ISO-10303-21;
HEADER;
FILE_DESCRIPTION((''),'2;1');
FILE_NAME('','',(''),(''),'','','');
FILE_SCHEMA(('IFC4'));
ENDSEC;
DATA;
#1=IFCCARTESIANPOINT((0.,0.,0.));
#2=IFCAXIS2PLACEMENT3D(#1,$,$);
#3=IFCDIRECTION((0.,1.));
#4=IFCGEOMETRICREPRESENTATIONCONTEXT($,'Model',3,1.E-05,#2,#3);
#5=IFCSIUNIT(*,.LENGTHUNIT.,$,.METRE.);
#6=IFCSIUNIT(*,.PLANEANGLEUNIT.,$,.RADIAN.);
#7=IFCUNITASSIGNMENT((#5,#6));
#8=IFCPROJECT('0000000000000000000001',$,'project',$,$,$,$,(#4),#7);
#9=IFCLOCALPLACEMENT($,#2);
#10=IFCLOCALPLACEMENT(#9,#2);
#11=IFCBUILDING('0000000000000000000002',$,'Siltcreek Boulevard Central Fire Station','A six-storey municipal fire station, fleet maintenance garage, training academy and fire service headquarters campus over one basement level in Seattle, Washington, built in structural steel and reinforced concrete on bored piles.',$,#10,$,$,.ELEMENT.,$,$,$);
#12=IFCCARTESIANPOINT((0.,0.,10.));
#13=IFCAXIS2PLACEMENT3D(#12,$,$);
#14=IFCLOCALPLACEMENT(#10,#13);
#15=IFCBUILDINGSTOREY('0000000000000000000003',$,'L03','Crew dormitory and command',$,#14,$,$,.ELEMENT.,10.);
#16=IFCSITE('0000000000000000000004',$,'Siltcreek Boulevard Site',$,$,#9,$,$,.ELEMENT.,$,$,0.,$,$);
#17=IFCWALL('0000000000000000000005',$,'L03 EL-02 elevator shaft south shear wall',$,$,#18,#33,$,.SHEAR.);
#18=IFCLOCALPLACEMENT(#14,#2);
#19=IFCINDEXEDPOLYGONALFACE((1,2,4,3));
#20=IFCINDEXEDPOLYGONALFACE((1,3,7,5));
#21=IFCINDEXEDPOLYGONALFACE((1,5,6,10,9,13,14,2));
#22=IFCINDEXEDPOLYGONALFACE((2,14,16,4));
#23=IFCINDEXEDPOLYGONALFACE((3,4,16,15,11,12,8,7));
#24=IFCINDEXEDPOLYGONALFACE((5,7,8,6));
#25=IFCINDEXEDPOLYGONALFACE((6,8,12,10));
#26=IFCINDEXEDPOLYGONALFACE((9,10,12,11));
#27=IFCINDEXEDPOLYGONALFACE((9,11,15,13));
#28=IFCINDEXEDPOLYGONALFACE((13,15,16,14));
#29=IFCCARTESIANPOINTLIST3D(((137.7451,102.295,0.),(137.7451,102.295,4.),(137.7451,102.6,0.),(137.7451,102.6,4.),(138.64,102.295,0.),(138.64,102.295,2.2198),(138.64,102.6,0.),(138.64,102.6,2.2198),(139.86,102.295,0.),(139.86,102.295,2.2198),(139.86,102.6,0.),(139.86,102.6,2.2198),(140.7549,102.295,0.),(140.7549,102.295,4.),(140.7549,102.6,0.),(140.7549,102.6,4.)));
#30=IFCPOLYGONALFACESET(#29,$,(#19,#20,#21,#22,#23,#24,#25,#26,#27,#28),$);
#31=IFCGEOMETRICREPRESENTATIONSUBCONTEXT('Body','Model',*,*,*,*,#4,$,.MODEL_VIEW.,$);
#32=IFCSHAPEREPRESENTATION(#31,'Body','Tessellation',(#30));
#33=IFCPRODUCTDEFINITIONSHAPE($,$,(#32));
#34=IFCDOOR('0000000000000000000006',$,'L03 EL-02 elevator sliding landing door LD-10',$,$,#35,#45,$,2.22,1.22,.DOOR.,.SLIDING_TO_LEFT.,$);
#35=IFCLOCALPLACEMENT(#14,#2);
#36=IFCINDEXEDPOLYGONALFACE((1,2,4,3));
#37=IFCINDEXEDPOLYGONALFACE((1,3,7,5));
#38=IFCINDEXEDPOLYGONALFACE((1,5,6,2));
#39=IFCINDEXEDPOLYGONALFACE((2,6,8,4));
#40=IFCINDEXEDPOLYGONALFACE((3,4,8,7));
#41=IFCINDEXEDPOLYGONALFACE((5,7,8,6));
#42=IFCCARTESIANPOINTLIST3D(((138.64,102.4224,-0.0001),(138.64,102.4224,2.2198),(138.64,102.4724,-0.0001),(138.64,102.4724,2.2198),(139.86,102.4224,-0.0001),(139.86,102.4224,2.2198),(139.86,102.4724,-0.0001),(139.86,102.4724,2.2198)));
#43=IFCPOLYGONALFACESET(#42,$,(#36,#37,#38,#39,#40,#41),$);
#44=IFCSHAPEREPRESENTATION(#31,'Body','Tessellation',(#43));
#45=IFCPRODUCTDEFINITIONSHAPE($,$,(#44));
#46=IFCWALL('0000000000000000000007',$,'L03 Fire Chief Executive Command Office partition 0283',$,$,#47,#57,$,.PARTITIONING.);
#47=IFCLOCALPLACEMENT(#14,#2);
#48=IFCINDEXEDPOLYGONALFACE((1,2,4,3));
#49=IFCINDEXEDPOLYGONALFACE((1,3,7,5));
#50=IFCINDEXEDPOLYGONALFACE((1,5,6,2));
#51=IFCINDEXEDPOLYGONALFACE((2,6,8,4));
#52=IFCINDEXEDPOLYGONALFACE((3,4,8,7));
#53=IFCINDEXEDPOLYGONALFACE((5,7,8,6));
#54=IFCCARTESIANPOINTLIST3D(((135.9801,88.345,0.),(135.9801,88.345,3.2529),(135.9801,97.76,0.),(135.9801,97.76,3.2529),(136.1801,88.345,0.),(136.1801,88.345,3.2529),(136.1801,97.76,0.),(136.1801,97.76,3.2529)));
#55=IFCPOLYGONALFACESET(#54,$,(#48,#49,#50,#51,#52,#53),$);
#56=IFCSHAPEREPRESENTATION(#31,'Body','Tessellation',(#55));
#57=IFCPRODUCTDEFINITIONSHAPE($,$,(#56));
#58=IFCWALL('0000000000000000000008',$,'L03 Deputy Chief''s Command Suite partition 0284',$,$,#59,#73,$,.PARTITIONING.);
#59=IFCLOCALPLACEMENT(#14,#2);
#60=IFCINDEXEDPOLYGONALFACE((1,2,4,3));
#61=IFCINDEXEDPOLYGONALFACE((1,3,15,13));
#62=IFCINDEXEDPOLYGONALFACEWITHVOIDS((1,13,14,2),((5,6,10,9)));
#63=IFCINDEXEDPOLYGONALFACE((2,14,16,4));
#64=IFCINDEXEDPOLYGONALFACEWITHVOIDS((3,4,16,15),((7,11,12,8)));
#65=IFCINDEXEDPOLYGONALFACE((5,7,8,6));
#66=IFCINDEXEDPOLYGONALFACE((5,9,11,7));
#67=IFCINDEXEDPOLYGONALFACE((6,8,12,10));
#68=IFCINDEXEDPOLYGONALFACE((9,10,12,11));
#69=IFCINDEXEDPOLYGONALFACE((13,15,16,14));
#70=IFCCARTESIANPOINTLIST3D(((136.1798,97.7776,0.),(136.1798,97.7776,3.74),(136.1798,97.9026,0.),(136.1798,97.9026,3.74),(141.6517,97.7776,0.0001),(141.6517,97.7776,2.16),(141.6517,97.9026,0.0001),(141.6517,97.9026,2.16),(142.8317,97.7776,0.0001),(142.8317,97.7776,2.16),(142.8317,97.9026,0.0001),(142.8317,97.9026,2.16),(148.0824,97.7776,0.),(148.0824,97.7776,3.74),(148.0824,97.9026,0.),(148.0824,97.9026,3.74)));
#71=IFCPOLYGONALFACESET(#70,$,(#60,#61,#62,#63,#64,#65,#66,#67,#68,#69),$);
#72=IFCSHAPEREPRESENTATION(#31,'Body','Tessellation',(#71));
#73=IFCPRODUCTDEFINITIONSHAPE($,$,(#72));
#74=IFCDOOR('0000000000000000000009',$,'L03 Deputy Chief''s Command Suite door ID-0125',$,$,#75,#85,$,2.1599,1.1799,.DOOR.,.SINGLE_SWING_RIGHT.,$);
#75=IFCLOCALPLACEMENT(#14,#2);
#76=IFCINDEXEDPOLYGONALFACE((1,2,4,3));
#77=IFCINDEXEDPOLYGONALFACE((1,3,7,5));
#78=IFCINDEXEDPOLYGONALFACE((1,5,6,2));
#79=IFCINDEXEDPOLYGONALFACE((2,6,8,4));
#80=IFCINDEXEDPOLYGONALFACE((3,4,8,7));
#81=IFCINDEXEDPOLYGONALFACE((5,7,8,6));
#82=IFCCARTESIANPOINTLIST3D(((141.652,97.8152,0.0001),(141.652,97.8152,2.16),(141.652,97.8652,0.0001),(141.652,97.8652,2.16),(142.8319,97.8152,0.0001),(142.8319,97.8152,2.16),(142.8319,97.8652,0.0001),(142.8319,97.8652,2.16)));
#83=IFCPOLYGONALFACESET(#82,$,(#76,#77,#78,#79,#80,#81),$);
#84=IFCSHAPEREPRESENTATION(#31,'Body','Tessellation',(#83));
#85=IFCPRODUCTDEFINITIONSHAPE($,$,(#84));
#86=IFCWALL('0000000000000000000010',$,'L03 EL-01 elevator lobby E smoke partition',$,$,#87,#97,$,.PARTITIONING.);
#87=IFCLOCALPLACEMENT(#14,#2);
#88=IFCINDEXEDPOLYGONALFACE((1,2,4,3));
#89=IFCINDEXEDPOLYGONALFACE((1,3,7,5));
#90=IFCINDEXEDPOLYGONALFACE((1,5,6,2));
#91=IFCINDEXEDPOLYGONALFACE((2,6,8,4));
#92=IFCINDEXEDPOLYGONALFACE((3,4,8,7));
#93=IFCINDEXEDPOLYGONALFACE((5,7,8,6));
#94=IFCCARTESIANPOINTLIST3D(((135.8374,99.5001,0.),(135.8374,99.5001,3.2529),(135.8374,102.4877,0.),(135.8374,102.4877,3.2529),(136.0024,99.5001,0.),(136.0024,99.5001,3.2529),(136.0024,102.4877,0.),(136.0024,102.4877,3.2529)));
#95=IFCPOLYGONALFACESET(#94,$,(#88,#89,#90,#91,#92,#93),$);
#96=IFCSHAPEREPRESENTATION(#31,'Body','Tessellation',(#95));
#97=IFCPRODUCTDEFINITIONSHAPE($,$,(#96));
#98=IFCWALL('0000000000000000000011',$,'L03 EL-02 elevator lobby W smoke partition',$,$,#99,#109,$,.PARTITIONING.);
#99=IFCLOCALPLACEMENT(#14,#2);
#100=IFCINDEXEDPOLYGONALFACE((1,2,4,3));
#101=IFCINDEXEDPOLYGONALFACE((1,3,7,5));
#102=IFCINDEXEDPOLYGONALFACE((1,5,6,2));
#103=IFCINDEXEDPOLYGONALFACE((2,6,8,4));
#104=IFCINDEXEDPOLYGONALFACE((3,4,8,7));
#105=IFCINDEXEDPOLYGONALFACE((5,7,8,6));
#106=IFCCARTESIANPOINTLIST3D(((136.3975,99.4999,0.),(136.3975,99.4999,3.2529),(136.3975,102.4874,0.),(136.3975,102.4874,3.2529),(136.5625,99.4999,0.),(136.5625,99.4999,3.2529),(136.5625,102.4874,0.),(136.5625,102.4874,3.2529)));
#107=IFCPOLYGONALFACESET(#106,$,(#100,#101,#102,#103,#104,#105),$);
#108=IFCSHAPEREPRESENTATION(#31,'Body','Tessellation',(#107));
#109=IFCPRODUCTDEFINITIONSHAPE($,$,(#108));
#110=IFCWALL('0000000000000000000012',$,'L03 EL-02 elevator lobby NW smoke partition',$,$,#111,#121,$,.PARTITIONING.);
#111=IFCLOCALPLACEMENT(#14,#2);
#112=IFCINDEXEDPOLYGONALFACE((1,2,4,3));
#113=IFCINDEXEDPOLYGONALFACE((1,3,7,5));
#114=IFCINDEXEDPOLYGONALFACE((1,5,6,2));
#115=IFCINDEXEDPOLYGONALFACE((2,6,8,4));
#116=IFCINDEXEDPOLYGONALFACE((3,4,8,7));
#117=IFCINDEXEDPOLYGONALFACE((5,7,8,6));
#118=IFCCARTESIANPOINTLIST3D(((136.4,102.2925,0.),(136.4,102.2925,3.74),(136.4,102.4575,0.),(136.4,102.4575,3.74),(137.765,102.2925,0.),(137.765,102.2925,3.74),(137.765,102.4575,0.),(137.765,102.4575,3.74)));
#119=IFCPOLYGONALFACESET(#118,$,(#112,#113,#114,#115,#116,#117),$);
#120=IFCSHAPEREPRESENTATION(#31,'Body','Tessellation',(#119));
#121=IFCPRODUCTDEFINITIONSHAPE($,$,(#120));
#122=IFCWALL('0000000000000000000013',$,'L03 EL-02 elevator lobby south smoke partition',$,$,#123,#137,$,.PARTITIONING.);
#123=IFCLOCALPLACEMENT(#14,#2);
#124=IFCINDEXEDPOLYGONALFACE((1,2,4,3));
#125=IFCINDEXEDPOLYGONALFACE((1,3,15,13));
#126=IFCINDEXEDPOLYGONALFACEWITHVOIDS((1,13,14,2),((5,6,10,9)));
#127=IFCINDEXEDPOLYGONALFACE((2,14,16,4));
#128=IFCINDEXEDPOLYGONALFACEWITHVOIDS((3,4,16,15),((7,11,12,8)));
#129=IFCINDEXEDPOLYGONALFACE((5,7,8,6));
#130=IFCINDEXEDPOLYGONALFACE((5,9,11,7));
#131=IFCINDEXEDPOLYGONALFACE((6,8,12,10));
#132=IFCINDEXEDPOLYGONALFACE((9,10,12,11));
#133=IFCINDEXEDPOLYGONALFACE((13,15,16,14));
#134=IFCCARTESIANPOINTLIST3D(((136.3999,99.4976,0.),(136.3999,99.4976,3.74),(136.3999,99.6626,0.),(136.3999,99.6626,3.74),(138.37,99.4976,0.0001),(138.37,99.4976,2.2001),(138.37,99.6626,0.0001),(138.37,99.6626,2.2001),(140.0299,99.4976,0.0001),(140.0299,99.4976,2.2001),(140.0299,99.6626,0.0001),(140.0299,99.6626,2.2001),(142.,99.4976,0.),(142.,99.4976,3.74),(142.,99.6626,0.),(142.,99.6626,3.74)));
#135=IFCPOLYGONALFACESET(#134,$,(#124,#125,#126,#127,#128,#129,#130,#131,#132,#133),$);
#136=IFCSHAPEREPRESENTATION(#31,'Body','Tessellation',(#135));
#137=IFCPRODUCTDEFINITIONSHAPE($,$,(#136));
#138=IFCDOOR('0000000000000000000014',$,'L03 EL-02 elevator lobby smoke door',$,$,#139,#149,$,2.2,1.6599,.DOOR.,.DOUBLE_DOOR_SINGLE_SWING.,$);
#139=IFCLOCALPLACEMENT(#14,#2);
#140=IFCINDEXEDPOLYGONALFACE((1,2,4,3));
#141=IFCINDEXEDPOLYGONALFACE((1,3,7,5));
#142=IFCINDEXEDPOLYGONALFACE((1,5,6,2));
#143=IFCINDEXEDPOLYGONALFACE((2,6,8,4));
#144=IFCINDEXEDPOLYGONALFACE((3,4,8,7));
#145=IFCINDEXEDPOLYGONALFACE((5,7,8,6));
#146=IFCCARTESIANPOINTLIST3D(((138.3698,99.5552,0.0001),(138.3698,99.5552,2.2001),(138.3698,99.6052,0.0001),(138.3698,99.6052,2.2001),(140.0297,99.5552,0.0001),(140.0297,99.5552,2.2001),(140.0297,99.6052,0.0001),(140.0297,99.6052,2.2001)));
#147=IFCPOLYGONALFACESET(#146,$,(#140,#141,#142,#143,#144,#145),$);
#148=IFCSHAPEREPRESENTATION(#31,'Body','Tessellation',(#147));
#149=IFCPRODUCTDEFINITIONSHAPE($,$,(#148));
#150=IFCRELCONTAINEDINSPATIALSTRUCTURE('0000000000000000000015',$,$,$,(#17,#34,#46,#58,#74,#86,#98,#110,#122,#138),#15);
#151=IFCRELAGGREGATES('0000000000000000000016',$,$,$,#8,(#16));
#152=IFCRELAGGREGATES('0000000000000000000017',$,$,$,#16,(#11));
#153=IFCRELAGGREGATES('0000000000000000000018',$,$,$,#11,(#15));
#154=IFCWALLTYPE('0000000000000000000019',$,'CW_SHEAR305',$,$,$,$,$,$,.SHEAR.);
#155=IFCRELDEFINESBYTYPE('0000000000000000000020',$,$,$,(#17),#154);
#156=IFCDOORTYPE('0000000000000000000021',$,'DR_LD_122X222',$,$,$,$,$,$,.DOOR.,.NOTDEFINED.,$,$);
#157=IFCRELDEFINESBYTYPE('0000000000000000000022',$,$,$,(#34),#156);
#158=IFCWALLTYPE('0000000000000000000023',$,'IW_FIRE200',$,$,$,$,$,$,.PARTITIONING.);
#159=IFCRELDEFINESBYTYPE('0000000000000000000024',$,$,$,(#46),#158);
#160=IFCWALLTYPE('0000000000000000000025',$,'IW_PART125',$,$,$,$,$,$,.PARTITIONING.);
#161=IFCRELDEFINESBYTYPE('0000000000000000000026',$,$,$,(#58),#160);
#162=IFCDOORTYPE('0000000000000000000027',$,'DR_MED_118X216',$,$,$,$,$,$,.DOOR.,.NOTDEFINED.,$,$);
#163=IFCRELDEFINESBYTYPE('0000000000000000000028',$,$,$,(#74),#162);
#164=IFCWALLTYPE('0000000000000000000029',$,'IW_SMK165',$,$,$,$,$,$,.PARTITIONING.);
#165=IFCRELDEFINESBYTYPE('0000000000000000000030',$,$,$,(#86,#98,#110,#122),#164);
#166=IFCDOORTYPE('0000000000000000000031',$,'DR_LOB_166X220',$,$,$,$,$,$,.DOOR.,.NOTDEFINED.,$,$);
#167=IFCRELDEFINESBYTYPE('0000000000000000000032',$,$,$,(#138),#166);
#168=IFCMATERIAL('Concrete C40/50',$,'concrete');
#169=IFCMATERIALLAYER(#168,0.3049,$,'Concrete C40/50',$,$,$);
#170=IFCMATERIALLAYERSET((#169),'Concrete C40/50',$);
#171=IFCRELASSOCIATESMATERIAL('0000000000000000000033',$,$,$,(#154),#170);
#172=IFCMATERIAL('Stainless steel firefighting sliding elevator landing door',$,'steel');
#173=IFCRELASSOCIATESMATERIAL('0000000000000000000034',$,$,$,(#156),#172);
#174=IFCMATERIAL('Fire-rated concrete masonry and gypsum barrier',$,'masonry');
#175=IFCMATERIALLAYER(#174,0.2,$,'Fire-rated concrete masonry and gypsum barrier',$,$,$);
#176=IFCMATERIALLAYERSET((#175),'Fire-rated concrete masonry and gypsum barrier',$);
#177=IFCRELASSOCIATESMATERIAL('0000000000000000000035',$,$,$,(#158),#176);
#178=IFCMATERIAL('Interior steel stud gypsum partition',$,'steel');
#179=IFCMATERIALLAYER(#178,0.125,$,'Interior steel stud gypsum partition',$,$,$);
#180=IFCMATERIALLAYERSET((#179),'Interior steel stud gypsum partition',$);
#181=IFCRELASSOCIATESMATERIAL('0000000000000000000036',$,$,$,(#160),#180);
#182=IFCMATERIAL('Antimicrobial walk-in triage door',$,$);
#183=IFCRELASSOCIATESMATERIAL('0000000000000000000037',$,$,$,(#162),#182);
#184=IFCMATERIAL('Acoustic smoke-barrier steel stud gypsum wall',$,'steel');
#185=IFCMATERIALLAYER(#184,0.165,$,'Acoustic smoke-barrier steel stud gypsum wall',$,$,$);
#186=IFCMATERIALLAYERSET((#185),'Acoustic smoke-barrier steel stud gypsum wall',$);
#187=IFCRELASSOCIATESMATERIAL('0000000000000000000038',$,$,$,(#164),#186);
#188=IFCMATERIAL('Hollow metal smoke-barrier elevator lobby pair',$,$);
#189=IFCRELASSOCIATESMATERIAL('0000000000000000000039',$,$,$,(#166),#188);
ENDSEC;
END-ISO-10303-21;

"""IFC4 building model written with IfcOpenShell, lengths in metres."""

from ifc_helpers import new_model, si_unit, direction, frame, frame_2d, origin, place, context, subcontext, project, spatial, rectangle, extrude, material, layer, layer_set, type_object, element, fill, save


model = new_model("IFC4")

# Units and contexts
model_context = context("Model", 3, precision=1e-05, world=origin(), true_north=direction((0.0, 1.0)))
body_context = subcontext(model_context, "Body", "Model", "MODEL_VIEW")
ifc_project = project(units=[si_unit("LENGTHUNIT", "METRE"), si_unit("PLANEANGLEUNIT", "RADIAN")], contexts=[model_context])

# Site, building, storey
site_placement = place(None, origin())
site = spatial("IfcSite", under=ifc_project, at=site_placement, Name="Siltcreek Boulevard Site", CompositionType="ELEMENT", RefElevation=0.0)
building_placement = place(site_placement, origin())
building = spatial("IfcBuilding", under=site, at=building_placement, Name="Siltcreek Boulevard Central Fire Station", Description="A six-storey municipal fire station, fleet maintenance garage, training academy and fire service headquarters campus over one basement level in Seattle, Washington, built in structural steel and reinforced concrete on bored piles.", CompositionType="ELEMENT")
storey_placement = place(building_placement, frame((0.0, 0.0, 10.0)))
storey = spatial("IfcBuildingStorey", under=building, at=storey_placement, Name="L03", Description="Crew dormitory and command", CompositionType="ELEMENT", Elevation=10.0)

# Shared definitions
ifc_material_1 = material(Name="Concrete C40/50", Category="concrete")

# Shared definitions
ifc_layer_1 = layer(ifc_material_1, 0.3049, Name="Concrete C40/50")
ifc_layer_set_1 = layer_set([ifc_layer_1], Name="Concrete C40/50")
wall_type_1 = type_object("IfcWallType", Name="CW_SHEAR305", PredefinedType="SHEAR", material=ifc_layer_set_1)
ifc_material_2 = material(Name="Stainless steel firefighting sliding elevator landing door", Category="steel")
door_type_1 = type_object("IfcDoorType", Name="DR_LD_122X222", OperationType="NOTDEFINED", PredefinedType="DOOR", material=ifc_material_2)

# Wall, opening, door
wall_1_placement = place(storey_placement, frame((137.7451, 102.4475, 0.0), z_axis=(0.0, 0.0, 1.0), x_axis=(1.0, 0.0, 0.0)))
wall_1 = element("IfcWall", 1, at=wall_1_placement, inside=storey, type_object=wall_type_1, Name="L03 EL-02 elevator shaft south shear wall", PredefinedType="SHEAR", context=body_context, shape_type="SweptSolid", body=[
    extrude(rectangle(XDim=3.0098, YDim=0.3049, at=frame_2d((1.5049, 0.0))), origin(), (0.0, 0.0, 1.0), 4.0),
])
opening_1_placement = place(wall_1_placement, frame((0.895, 0.0, 0.0)))
opening_1 = element("IfcOpeningElement", 2, at=opening_1_placement, cuts=wall_1, PredefinedType="OPENING", context=body_context, shape_type="SweptSolid", body=[
    extrude(rectangle(XDim=1.22, YDim=2.22, at=frame_2d((0.6099, 1.1099))), frame((0.0, 0.1624, 0.0), z_axis=(0.0, -1.0, 0.0), x_axis=(1.0, 0.0, 0.0)), (0.0, 0.0, 1.0), 0.325),
])
door_1_placement = place(opening_1_placement, origin())
door_1 = element("IfcDoor", 3, at=door_1_placement, inside=storey, type_object=door_type_1, Name="L03 EL-02 elevator sliding landing door LD-10", OperationType="SLIDING_TO_LEFT", OverallHeight=2.22, OverallWidth=1.22, PredefinedType="DOOR", context=body_context, shape_type="SweptSolid", body=[
    extrude(rectangle(XDim=1.22, YDim=2.22, at=frame_2d((0.6099, 1.1099))), frame((0.0, 0.0249, 0.0), z_axis=(0.0, -1.0, 0.0), x_axis=(1.0, 0.0, 0.0)), (0.0, 0.0, 1.0), 0.05),
])
fill(opening_1, door_1)

# Wall
ifc_material_3 = material(Name="Fire-rated concrete masonry and gypsum barrier", Category="masonry")
ifc_layer_2 = layer(ifc_material_3, 0.2, Name="Fire-rated concrete masonry and gypsum barrier")
ifc_layer_set_2 = layer_set([ifc_layer_2], Name="Fire-rated concrete masonry and gypsum barrier")
wall_type_2 = type_object("IfcWallType", Name="IW_FIRE200", PredefinedType="PARTITIONING", material=ifc_layer_set_2)
wall_2_placement = place(storey_placement, frame((136.0801, 97.76, 0.0), z_axis=(0.0, 0.0, 1.0), x_axis=(0.0, -1.0, 0.0)))
element("IfcWall", 4, at=wall_2_placement, inside=storey, type_object=wall_type_2, Name="L03 Fire Chief Executive Command Office partition 0283", PredefinedType="PARTITIONING", context=body_context, shape_type="SweptSolid", body=[
    extrude(rectangle(XDim=9.415, YDim=0.2, at=frame_2d((4.7075, 0.0))), origin(), (0.0, 0.0, 1.0), 3.2529),
])

# Wall, opening, door
ifc_material_4 = material(Name="Interior steel stud gypsum partition", Category="steel")
ifc_layer_3 = layer(ifc_material_4, 0.125, Name="Interior steel stud gypsum partition")
ifc_layer_set_3 = layer_set([ifc_layer_3], Name="Interior steel stud gypsum partition")
wall_type_3 = type_object("IfcWallType", Name="IW_PART125", PredefinedType="PARTITIONING", material=ifc_layer_set_3)
wall_3_placement = place(storey_placement, frame((136.1799, 97.8401, 0.0), z_axis=(0.0, 0.0, 1.0), x_axis=(1.0, 0.0, 0.0)))
wall_3 = element("IfcWall", 5, at=wall_3_placement, inside=storey, type_object=wall_type_3, Name="L03 Deputy Chief's Command Suite partition 0284", PredefinedType="PARTITIONING", context=body_context, shape_type="SweptSolid", body=[
    extrude(rectangle(XDim=11.9026, YDim=0.125, at=frame_2d((5.9512, 0.0))), origin(), (0.0, 0.0, 1.0), 3.74),
])
opening_2_placement = place(wall_3_placement, frame((5.4719, 0.0, 0.0)))
opening_2 = element("IfcOpeningElement", 6, at=opening_2_placement, cuts=wall_3, PredefinedType="OPENING", context=body_context, shape_type="SweptSolid", body=[
    extrude(rectangle(XDim=1.1799, YDim=2.1599, at=frame_2d((0.5898, 1.0801))), frame((0.0, 0.0725, 0.0), z_axis=(0.0, -1.0, 0.0), x_axis=(1.0, 0.0, 0.0)), (0.0, 0.0, 1.0), 0.145),
])
ifc_material_5 = material(Name="Antimicrobial walk-in triage door")
door_type_2 = type_object("IfcDoorType", Name="DR_MED_118X216", OperationType="NOTDEFINED", PredefinedType="DOOR", material=ifc_material_5)
door_2_placement = place(opening_2_placement, frame((1.1799, 0.0, 0.0), z_axis=(0.0, 0.0, 1.0), x_axis=(-1.0, 0.0, 0.0)))
door_2 = element("IfcDoor", 7, at=door_2_placement, inside=storey, type_object=door_type_2, Name="L03 Deputy Chief's Command Suite door ID-0125", OperationType="SINGLE_SWING_RIGHT", OverallHeight=2.1599, OverallWidth=1.1799, PredefinedType="DOOR", context=body_context, shape_type="SweptSolid", body=[
    extrude(rectangle(XDim=1.1799, YDim=2.1599, at=frame_2d((0.5898, 1.0801))), frame((0.0, 0.0249, 0.0), z_axis=(0.0, -1.0, 0.0), x_axis=(1.0, 0.0, 0.0)), (0.0, 0.0, 1.0), 0.05),
])
fill(opening_2, door_2)

# Walls
ifc_material_6 = material(Name="Acoustic smoke-barrier steel stud gypsum wall", Category="steel")
ifc_layer_4 = layer(ifc_material_6, 0.165, Name="Acoustic smoke-barrier steel stud gypsum wall")
ifc_layer_set_4 = layer_set([ifc_layer_4], Name="Acoustic smoke-barrier steel stud gypsum wall")
wall_type_4 = type_object("IfcWallType", Name="IW_SMK165", PredefinedType="PARTITIONING", material=ifc_layer_set_4)
for number, where, z_axis, x_axis, name in (
    (8, (135.9199, 102.4875, 0.0), (0.0, 0.0, 1.0), (0.0, -1.0, 0.0), "L03 EL-01 elevator lobby E smoke partition"),
    (9, (136.48, 99.5, 0.0), (0.0, 0.0, 1.0), (0.0, 1.0, 0.0), "L03 EL-02 elevator lobby W smoke partition"),
):
    element("IfcWall", number, at=place(storey_placement, frame(where, z_axis=z_axis, x_axis=x_axis)), inside=storey, type_object=wall_type_4, Name=name, PredefinedType="PARTITIONING", context=body_context, shape_type="SweptSolid", body=[
        extrude(rectangle(XDim=2.9875, YDim=0.165, at=frame_2d((1.4937, 0.0))), origin(), (0.0, 0.0, 1.0), 3.2529),
    ])
wall_4_placement = place(storey_placement, frame((136.3999, 102.375, 0.0), z_axis=(0.0, 0.0, 1.0), x_axis=(1.0, 0.0, 0.0)))
element("IfcWall", 10, at=wall_4_placement, inside=storey, type_object=wall_type_4, Name="L03 EL-02 elevator lobby NW smoke partition", PredefinedType="PARTITIONING", context=body_context, shape_type="SweptSolid", body=[
    extrude(rectangle(XDim=1.365, YDim=0.165, at=frame_2d((0.6826, 0.0))), origin(), (0.0, 0.0, 1.0), 3.74),
])

# Wall, opening, door
wall_5_placement = place(storey_placement, frame((136.3999, 99.5801, 0.0), z_axis=(0.0, 0.0, 1.0), x_axis=(1.0, 0.0, 0.0)))
wall_5 = element("IfcWall", 11, at=wall_5_placement, inside=storey, type_object=wall_type_4, Name="L03 EL-02 elevator lobby south smoke partition", PredefinedType="PARTITIONING", context=body_context, shape_type="SweptSolid", body=[
    extrude(rectangle(XDim=5.6001, YDim=0.165, at=frame_2d((2.8, 0.0))), origin(), (0.0, 0.0, 1.0), 3.74),
])
opening_3_placement = place(wall_5_placement, frame((1.97, 0.0, 0.0)))
opening_3 = element("IfcOpeningElement", 12, at=opening_3_placement, cuts=wall_5, PredefinedType="OPENING", context=body_context, shape_type="SweptSolid", body=[
    extrude(rectangle(XDim=1.6599, YDim=2.2, at=frame_2d((0.8301, 1.1001))), frame((0.0, 0.0925, 0.0), z_axis=(0.0, -1.0, 0.0), x_axis=(1.0, 0.0, 0.0)), (0.0, 0.0, 1.0), 0.1851),
])
ifc_material_7 = material(Name="Hollow metal smoke-barrier elevator lobby pair")
door_type_3 = type_object("IfcDoorType", Name="DR_LOB_166X220", OperationType="NOTDEFINED", PredefinedType="DOOR", material=ifc_material_7)
door_3_placement = place(opening_3_placement, frame((1.6599, 0.0, 0.0), z_axis=(0.0, 0.0, 1.0), x_axis=(-1.0, 0.0, 0.0)))
door_3 = element("IfcDoor", 13, at=door_3_placement, inside=storey, type_object=door_type_3, Name="L03 EL-02 elevator lobby smoke door", OperationType="DOUBLE_DOOR_SINGLE_SWING", OverallHeight=2.2, OverallWidth=1.6599, PredefinedType="DOOR", context=body_context, shape_type="SweptSolid", body=[
    extrude(rectangle(XDim=1.6599, YDim=2.2, at=frame_2d((0.8301, 1.1001))), frame((0.0, 0.0249, 0.0), z_axis=(0.0, -1.0, 0.0), x_axis=(1.0, 0.0, 0.0)), (0.0, 0.0, 1.0), 0.05),
])
fill(opening_3, door_3)

save(model, "model.ifc")
